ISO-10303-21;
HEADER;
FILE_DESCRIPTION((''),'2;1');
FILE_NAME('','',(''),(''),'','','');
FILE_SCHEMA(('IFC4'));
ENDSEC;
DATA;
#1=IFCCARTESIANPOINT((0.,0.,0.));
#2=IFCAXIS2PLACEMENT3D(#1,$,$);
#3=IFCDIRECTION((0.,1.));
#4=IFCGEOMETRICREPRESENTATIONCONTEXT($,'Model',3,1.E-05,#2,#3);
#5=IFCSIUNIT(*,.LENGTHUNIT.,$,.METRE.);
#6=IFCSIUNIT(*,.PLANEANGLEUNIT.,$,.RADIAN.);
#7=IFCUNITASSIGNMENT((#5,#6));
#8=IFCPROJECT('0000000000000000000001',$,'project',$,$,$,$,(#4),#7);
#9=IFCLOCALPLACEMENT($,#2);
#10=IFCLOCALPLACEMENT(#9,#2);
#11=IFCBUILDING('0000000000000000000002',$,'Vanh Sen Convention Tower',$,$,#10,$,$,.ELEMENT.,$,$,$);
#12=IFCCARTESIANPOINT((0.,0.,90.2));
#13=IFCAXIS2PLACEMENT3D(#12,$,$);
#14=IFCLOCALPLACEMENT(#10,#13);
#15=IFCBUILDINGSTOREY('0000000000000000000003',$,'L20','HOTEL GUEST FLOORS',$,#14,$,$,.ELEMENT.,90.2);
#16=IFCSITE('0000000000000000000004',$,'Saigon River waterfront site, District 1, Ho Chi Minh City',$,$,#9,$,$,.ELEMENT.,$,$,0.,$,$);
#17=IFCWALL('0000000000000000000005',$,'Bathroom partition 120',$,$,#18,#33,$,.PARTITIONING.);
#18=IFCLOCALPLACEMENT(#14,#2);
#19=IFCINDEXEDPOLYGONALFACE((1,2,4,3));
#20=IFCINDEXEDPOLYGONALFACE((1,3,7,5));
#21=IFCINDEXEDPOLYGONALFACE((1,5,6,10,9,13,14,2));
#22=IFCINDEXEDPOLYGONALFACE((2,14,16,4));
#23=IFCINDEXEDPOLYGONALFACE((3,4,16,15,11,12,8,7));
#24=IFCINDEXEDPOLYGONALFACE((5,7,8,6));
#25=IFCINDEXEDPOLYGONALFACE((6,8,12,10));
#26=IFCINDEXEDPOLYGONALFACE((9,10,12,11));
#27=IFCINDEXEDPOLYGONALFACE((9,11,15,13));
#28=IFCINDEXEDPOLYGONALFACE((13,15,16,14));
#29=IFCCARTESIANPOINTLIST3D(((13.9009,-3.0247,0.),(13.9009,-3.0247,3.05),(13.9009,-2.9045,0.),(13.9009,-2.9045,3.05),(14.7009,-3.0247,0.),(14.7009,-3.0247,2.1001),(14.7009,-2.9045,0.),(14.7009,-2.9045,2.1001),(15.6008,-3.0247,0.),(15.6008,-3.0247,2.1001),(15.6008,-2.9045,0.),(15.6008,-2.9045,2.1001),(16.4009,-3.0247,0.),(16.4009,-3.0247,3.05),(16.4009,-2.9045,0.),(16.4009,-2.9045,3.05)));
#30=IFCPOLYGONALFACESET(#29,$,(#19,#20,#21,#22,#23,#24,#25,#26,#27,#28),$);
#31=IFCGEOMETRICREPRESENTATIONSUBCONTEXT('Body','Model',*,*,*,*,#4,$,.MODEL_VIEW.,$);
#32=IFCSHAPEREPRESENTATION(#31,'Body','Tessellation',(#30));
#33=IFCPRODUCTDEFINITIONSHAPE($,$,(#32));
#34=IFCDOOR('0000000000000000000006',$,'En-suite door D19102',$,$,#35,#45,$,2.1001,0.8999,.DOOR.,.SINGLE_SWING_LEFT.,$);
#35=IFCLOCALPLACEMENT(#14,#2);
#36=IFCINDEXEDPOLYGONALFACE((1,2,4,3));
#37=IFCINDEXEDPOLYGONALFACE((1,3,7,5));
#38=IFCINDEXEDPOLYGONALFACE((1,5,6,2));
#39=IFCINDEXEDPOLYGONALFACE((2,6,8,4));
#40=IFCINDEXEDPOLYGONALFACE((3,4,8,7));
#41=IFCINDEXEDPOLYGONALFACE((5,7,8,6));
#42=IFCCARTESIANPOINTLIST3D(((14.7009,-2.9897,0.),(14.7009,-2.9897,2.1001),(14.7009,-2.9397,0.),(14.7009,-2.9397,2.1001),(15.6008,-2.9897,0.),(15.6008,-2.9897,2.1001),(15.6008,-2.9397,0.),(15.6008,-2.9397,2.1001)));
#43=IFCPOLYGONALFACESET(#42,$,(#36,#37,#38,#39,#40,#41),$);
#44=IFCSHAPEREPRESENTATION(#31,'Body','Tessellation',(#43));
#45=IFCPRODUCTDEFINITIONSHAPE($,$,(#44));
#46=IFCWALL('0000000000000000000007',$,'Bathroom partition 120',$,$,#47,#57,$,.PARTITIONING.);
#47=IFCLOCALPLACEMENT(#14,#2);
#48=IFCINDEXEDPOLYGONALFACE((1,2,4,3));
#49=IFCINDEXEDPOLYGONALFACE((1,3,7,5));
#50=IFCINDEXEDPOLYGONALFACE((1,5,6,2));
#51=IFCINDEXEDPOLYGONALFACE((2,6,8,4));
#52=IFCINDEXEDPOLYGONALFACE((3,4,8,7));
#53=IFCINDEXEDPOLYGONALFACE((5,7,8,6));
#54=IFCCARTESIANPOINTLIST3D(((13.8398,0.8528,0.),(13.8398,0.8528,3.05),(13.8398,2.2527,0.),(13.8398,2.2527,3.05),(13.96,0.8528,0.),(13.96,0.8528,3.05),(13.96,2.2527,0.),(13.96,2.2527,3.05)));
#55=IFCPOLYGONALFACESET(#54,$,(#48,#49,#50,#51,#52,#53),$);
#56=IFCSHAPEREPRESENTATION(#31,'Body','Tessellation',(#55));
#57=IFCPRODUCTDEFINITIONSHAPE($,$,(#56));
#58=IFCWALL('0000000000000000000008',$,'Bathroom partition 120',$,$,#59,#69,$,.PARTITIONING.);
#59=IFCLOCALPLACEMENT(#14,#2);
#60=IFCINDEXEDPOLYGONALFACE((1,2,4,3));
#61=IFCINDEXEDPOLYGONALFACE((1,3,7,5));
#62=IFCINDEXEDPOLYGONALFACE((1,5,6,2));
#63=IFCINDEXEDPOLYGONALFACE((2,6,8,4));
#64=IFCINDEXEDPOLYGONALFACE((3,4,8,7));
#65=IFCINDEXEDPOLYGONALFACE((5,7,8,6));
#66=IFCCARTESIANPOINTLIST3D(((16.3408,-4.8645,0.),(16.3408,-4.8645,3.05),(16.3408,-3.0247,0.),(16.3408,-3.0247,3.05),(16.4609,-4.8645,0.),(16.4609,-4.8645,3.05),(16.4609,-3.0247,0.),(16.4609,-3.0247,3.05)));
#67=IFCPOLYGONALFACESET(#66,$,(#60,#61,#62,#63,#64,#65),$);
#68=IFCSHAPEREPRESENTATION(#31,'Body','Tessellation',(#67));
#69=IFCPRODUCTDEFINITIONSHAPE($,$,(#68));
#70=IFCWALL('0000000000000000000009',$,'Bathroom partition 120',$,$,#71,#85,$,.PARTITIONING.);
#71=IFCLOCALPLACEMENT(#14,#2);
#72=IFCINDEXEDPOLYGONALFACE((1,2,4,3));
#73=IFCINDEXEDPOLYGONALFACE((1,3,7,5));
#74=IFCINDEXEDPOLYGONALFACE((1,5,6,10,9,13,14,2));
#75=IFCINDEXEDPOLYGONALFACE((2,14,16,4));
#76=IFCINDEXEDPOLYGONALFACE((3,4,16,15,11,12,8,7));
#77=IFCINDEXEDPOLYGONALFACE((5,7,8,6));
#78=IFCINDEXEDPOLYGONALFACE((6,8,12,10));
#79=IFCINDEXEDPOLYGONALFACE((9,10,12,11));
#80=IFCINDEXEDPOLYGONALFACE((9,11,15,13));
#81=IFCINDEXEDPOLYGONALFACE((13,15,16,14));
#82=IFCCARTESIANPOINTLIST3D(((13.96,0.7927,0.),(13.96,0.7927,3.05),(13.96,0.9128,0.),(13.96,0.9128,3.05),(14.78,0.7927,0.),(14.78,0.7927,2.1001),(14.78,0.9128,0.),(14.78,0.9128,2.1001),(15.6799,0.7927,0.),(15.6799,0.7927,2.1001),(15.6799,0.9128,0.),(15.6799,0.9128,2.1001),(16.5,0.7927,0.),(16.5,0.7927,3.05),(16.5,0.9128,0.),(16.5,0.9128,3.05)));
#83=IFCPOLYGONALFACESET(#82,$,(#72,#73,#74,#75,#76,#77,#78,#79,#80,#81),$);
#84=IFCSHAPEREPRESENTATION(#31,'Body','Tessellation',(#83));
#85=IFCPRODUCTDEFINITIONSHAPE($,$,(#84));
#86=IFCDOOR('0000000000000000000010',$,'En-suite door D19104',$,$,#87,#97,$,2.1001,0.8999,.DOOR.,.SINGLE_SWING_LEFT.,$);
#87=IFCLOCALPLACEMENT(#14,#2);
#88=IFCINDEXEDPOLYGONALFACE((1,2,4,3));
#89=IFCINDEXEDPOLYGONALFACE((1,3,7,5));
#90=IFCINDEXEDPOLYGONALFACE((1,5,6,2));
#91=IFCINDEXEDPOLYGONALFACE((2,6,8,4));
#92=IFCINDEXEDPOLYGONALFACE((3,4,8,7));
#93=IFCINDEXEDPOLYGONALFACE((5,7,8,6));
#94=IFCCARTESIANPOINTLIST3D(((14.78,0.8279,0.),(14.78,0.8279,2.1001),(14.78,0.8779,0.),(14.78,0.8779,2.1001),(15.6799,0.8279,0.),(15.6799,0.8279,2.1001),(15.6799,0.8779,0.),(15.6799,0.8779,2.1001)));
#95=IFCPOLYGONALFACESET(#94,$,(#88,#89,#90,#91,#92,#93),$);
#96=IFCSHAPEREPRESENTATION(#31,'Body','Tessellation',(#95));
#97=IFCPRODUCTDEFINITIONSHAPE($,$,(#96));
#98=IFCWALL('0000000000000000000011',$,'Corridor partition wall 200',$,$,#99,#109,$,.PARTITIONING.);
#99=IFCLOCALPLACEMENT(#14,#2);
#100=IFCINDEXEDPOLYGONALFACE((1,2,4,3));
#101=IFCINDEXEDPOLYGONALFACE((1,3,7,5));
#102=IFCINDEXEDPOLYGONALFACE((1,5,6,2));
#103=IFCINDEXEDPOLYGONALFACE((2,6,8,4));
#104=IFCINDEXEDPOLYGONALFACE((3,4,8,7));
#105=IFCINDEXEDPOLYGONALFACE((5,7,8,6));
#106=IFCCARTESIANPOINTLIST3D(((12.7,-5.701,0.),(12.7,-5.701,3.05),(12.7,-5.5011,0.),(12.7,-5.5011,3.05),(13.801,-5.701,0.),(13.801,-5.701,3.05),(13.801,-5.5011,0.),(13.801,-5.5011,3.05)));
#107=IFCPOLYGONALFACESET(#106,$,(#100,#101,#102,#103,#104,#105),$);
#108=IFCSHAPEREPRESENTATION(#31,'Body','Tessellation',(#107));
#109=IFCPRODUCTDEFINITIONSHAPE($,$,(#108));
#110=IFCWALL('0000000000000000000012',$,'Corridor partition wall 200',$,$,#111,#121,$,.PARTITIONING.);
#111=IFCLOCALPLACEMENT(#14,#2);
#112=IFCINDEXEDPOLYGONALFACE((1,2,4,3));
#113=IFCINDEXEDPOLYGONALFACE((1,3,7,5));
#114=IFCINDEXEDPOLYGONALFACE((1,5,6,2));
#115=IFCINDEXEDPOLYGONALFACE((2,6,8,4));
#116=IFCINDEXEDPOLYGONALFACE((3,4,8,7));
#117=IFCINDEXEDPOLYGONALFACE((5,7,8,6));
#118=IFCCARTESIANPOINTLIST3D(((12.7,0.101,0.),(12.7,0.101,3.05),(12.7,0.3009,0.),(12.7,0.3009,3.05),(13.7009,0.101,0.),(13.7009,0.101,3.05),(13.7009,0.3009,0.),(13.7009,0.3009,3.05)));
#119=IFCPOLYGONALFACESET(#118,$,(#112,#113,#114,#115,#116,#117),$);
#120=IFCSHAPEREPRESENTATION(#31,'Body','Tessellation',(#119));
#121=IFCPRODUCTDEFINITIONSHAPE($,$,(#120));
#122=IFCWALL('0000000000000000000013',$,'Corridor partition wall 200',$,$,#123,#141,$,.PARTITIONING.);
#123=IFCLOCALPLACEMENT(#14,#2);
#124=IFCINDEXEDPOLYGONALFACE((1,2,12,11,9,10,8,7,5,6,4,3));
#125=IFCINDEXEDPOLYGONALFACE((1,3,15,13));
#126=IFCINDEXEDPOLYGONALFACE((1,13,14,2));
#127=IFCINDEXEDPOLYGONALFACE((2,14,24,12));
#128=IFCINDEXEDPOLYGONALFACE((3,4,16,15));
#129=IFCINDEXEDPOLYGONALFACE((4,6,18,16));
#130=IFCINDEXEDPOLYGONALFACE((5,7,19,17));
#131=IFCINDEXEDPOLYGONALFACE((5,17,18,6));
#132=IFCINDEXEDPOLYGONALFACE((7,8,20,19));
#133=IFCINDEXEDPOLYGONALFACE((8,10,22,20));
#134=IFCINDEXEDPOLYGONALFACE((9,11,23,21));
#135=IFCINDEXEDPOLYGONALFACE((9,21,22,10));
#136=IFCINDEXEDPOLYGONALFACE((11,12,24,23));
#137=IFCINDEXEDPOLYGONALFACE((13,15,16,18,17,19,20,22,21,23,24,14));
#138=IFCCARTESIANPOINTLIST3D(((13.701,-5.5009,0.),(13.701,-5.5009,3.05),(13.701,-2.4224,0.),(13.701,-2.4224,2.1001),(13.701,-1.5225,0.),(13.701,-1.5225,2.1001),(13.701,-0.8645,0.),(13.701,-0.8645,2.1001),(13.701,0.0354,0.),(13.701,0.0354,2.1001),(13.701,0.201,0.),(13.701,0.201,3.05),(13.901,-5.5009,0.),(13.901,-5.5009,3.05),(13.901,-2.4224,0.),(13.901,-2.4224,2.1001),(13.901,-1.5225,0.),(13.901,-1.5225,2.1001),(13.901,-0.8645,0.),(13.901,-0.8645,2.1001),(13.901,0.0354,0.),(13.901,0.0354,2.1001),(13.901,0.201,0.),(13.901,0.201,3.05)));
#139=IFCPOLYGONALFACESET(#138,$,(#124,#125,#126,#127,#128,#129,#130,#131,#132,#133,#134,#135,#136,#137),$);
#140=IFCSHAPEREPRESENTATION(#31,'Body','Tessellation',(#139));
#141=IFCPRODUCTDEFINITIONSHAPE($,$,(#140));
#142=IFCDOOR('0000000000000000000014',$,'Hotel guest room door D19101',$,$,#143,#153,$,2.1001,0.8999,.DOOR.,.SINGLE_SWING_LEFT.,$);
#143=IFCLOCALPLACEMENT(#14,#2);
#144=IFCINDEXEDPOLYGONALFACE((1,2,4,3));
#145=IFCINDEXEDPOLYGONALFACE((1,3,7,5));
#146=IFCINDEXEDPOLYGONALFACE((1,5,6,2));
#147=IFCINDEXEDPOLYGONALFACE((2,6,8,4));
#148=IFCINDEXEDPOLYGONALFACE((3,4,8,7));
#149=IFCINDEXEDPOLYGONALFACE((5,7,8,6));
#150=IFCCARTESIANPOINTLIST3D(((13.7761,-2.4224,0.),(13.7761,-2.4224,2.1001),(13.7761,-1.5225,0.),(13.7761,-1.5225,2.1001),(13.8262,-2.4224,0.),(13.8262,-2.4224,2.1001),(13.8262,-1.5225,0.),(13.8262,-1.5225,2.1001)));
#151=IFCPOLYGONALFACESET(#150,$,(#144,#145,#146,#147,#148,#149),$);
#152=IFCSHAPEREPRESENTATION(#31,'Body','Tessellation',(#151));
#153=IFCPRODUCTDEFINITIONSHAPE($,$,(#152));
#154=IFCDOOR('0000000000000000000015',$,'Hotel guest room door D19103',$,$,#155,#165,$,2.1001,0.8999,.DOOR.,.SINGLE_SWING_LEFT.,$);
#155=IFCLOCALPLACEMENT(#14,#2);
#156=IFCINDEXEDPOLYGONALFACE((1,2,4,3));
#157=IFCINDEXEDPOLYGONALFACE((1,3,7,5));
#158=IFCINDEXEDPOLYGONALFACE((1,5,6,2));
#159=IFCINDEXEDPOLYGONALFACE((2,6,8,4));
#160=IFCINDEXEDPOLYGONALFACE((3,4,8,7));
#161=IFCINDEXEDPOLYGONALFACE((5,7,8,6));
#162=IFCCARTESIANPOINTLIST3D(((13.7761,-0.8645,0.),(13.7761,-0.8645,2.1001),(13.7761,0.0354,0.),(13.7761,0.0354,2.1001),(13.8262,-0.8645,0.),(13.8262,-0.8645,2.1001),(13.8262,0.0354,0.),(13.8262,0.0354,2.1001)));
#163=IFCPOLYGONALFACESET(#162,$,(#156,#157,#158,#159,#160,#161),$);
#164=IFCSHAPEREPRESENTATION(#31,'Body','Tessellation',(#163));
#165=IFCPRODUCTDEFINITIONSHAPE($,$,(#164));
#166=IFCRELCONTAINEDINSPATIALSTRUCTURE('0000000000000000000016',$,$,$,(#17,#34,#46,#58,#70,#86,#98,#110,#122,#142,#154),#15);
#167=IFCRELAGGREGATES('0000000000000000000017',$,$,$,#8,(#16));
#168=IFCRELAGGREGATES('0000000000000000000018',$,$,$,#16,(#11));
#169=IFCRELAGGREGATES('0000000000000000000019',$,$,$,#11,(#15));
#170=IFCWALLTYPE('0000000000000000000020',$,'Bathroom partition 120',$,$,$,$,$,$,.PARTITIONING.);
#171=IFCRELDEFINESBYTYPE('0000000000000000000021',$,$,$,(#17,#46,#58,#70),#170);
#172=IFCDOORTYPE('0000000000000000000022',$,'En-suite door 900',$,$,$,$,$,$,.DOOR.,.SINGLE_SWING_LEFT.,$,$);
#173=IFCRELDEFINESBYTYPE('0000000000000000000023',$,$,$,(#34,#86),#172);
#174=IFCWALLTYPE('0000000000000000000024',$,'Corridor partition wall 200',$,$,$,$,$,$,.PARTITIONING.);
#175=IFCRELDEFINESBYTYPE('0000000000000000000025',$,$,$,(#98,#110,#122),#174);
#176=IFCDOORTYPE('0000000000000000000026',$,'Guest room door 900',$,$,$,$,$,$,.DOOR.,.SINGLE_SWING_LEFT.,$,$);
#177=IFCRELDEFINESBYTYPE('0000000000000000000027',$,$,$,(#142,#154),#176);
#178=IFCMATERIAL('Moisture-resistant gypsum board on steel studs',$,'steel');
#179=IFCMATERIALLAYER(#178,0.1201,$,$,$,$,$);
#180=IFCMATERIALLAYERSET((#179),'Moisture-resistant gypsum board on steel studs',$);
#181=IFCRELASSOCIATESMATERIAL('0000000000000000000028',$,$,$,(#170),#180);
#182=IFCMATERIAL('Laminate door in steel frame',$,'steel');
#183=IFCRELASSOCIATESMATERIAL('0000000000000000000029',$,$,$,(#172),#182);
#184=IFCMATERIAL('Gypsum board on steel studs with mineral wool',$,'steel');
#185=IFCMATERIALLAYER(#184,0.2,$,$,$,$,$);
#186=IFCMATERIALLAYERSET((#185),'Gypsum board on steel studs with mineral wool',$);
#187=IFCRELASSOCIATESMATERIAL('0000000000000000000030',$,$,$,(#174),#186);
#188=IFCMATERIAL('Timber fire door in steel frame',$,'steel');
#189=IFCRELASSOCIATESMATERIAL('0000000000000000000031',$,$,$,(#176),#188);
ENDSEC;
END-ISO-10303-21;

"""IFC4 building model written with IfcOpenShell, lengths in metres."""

from ifc_helpers import new_model, si_unit, direction, frame, frame_2d, origin, place, context, subcontext, project, spatial, rectangle, extrude, material, layer, layer_set, type_object, element, fill, save


model = new_model("IFC4")

# Units and contexts
model_context = context("Model", 3, precision=1e-05, world=origin(), true_north=direction((0.0, 1.0)))
body_context = subcontext(model_context, "Body", "Model", "MODEL_VIEW")
ifc_project = project(units=[si_unit("LENGTHUNIT", "METRE"), si_unit("PLANEANGLEUNIT", "RADIAN")], contexts=[model_context])

# Site, building, storey
site_placement = place(None, origin())
site = spatial("IfcSite", under=ifc_project, at=site_placement, Name="Saigon River waterfront site, District 1, Ho Chi Minh City", CompositionType="ELEMENT", RefElevation=0.0)
building_placement = place(site_placement, origin())
building = spatial("IfcBuilding", under=site, at=building_placement, Name="Vanh Sen Convention Tower", CompositionType="ELEMENT")
storey_placement = place(building_placement, frame((0.0, 0.0, 90.2)))
storey = spatial("IfcBuildingStorey", under=building, at=storey_placement, Name="L20", Description="HOTEL GUEST FLOORS", CompositionType="ELEMENT", Elevation=90.2)

# Wall, opening, door
ifc_material_1 = material(Name="Moisture-resistant gypsum board on steel studs", Category="steel")
ifc_layer_1 = layer(ifc_material_1, 0.1201)
ifc_layer_set_1 = layer_set([ifc_layer_1], Name="Moisture-resistant gypsum board on steel studs")
wall_type_1 = type_object("IfcWallType", Name="Bathroom partition 120", PredefinedType="PARTITIONING", material=ifc_layer_set_1)
wall_1_placement = place(storey_placement, frame((13.9009, -2.9646, 0.0), z_axis=(0.0, 0.0, 1.0), x_axis=(1.0, 0.0, 0.0)))
wall_1 = element("IfcWall", 1, at=wall_1_placement, inside=storey, type_object=wall_type_1, Name="Bathroom partition 120", PredefinedType="PARTITIONING", context=body_context, shape_type="SweptSolid", body=[
    extrude(rectangle(XDim=2.5, YDim=0.1201, at=frame_2d((1.25, 0.0))), origin(), (0.0, 0.0, 1.0), 3.05),
])
opening_1_placement = place(wall_1_placement, frame((0.8, 0.0, 0.0)))
opening_1 = element("IfcOpeningElement", 2, at=opening_1_placement, cuts=wall_1, PredefinedType="OPENING", context=body_context, shape_type="SweptSolid", body=[
    extrude(rectangle(XDim=0.8999, YDim=2.1001, at=frame_2d((0.45, 1.05))), frame((0.0, 0.0701, 0.0), z_axis=(0.0, -1.0, 0.0), x_axis=(1.0, 0.0, 0.0)), (0.0, 0.0, 1.0), 0.1401),
])
ifc_material_2 = material(Name="Laminate door in steel frame", Category="steel")
door_type_1 = type_object("IfcDoorType", Name="En-suite door 900", OperationType="SINGLE_SWING_LEFT", PredefinedType="DOOR", material=ifc_material_2)
door_1_placement = place(opening_1_placement, origin())
door_1 = element("IfcDoor", 3, at=door_1_placement, inside=storey, type_object=door_type_1, Name="En-suite door D19102", OperationType="SINGLE_SWING_LEFT", OverallHeight=2.1001, OverallWidth=0.8999, PredefinedType="DOOR", context=body_context, shape_type="SweptSolid", body=[
    extrude(rectangle(XDim=0.8999, YDim=2.1001, at=frame_2d((0.45, 1.05))), frame((0.0, 0.0249, 0.0), z_axis=(0.0, -1.0, 0.0), x_axis=(1.0, 0.0, 0.0)), (0.0, 0.0, 1.0), 0.05),
])
fill(opening_1, door_1)

# Walls
wall_2_placement = place(storey_placement, frame((13.8999, 0.8528, 0.0), z_axis=(0.0, 0.0, 1.0), x_axis=(0.0, 1.0, 0.0)))
element("IfcWall", 4, at=wall_2_placement, inside=storey, type_object=wall_type_1, Name="Bathroom partition 120", PredefinedType="PARTITIONING", context=body_context, shape_type="SweptSolid", body=[
    extrude(rectangle(XDim=1.3999, YDim=0.1201, at=frame_2d((0.7, 0.0))), origin(), (0.0, 0.0, 1.0), 3.05),
])
wall_3_placement = place(storey_placement, frame((16.4009, -3.0247, 0.0), z_axis=(0.0, 0.0, 1.0), x_axis=(0.0, -1.0, 0.0)))
element("IfcWall", 5, at=wall_3_placement, inside=storey, type_object=wall_type_1, Name="Bathroom partition 120", PredefinedType="PARTITIONING", context=body_context, shape_type="SweptSolid", body=[
    extrude(rectangle(XDim=1.8398, YDim=0.1201, at=frame_2d((0.9199, 0.0))), origin(), (0.0, 0.0, 1.0), 3.05),
])

# Wall, opening, door
wall_4_placement = place(storey_placement, frame((16.5, 0.8528, 0.0), z_axis=(0.0, 0.0, 1.0), x_axis=(-1.0, 0.0, 0.0)))
wall_4 = element("IfcWall", 6, at=wall_4_placement, inside=storey, type_object=wall_type_1, Name="Bathroom partition 120", PredefinedType="PARTITIONING", context=body_context, shape_type="SweptSolid", body=[
    extrude(rectangle(XDim=2.54, YDim=0.1201, at=frame_2d((1.27, 0.0))), origin(), (0.0, 0.0, 1.0), 3.05),
])
opening_2_placement = place(wall_4_placement, frame((0.8201, 0.0, 0.0)))
opening_2 = element("IfcOpeningElement", 7, at=opening_2_placement, cuts=wall_4, PredefinedType="OPENING", context=body_context, shape_type="SweptSolid", body=[
    extrude(rectangle(XDim=0.8999, YDim=2.1001, at=frame_2d((0.45, 1.05))), frame((0.0, 0.0701, 0.0), z_axis=(0.0, -1.0, 0.0), x_axis=(1.0, 0.0, 0.0)), (0.0, 0.0, 1.0), 0.1401),
])
door_2_placement = place(opening_2_placement, origin())
door_2 = element("IfcDoor", 8, at=door_2_placement, inside=storey, type_object=door_type_1, Name="En-suite door D19104", OperationType="SINGLE_SWING_LEFT", OverallHeight=2.1001, OverallWidth=0.8999, PredefinedType="DOOR", context=body_context, shape_type="SweptSolid", body=[
    extrude(rectangle(XDim=0.8999, YDim=2.1001, at=frame_2d((0.45, 1.05))), frame((0.0, 0.0249, 0.0), z_axis=(0.0, -1.0, 0.0), x_axis=(1.0, 0.0, 0.0)), (0.0, 0.0, 1.0), 0.05),
])
fill(opening_2, door_2)

# Walls
ifc_material_3 = material(Name="Gypsum board on steel studs with mineral wool", Category="steel")
ifc_layer_2 = layer(ifc_material_3, 0.2)
ifc_layer_set_2 = layer_set([ifc_layer_2], Name="Gypsum board on steel studs with mineral wool")
wall_type_2 = type_object("IfcWallType", Name="Corridor partition wall 200", PredefinedType="PARTITIONING", material=ifc_layer_set_2)
wall_5_placement = place(storey_placement, frame((12.7, -5.6011, 0.0), z_axis=(0.0, 0.0, 1.0), x_axis=(1.0, 0.0, 0.0)))
element("IfcWall", 9, at=wall_5_placement, inside=storey, type_object=wall_type_2, Name="Corridor partition wall 200", PredefinedType="PARTITIONING", context=body_context, shape_type="SweptSolid", body=[
    extrude(rectangle(XDim=1.1011, YDim=0.2, at=frame_2d((0.5505, 0.0))), origin(), (0.0, 0.0, 1.0), 3.05),
])
wall_6_placement = place(storey_placement, frame((13.7009, 0.2009, 0.0), z_axis=(0.0, 0.0, 1.0), x_axis=(-1.0, 0.0, 0.0)))
element("IfcWall", 10, at=wall_6_placement, inside=storey, type_object=wall_type_2, Name="Corridor partition wall 200", PredefinedType="PARTITIONING", context=body_context, shape_type="SweptSolid", body=[
    extrude(rectangle(XDim=1.001, YDim=0.2, at=frame_2d((0.5005, 0.0))), origin(), (0.0, 0.0, 1.0), 3.05),
])

# Wall, openings, doors
wall_7_placement = place(storey_placement, frame((13.801, -5.501, 0.0), z_axis=(0.0, 0.0, 1.0), x_axis=(0.0, 1.0, 0.0)))
wall_7 = element("IfcWall", 11, at=wall_7_placement, inside=storey, type_object=wall_type_2, Name="Corridor partition wall 200", PredefinedType="PARTITIONING", context=body_context, shape_type="SweptSolid", body=[
    extrude(rectangle(XDim=5.7019, YDim=0.2, at=frame_2d((2.8511, 0.0))), origin(), (0.0, 0.0, 1.0), 3.05),
])
opening_3_placement = place(wall_7_placement, frame((3.0786, 0.0, 0.0)))
opening_3 = element("IfcOpeningElement", 12, at=opening_3_placement, cuts=wall_7, PredefinedType="OPENING", context=body_context, shape_type="SweptSolid", body=[
    extrude(rectangle(XDim=0.8999, YDim=2.1001, at=frame_2d((0.45, 1.05))), frame((0.0, 0.1099, 0.0), z_axis=(0.0, -1.0, 0.0), x_axis=(1.0, 0.0, 0.0)), (0.0, 0.0, 1.0), 0.22),
])
opening_4_placement = place(wall_7_placement, frame((4.6365, 0.0, 0.0)))
opening_4 = element("IfcOpeningElement", 13, at=opening_4_placement, cuts=wall_7, PredefinedType="OPENING", context=body_context, shape_type="SweptSolid", body=[
    extrude(rectangle(XDim=0.8999, YDim=2.1001, at=frame_2d((0.45, 1.05))), frame((0.0, 0.1099, 0.0), z_axis=(0.0, -1.0, 0.0), x_axis=(1.0, 0.0, 0.0)), (0.0, 0.0, 1.0), 0.22),
])
ifc_material_4 = material(Name="Timber fire door in steel frame", Category="steel")
door_type_2 = type_object("IfcDoorType", Name="Guest room door 900", OperationType="SINGLE_SWING_LEFT", PredefinedType="DOOR", material=ifc_material_4)
door_3_placement = place(opening_3_placement, origin())
door_3 = element("IfcDoor", 14, at=door_3_placement, inside=storey, type_object=door_type_2, Name="Hotel guest room door D19101", OperationType="SINGLE_SWING_LEFT", OverallHeight=2.1001, OverallWidth=0.8999, PredefinedType="DOOR", context=body_context, shape_type="SweptSolid", body=[
    extrude(rectangle(XDim=0.8999, YDim=2.1001, at=frame_2d((0.45, 1.05))), frame((0.0, 0.0249, 0.0), z_axis=(0.0, -1.0, 0.0), x_axis=(1.0, 0.0, 0.0)), (0.0, 0.0, 1.0), 0.05),
])
fill(opening_3, door_3)
door_4_placement = place(opening_4_placement, origin())
door_4 = element("IfcDoor", 15, at=door_4_placement, inside=storey, type_object=door_type_2, Name="Hotel guest room door D19103", OperationType="SINGLE_SWING_LEFT", OverallHeight=2.1001, OverallWidth=0.8999, PredefinedType="DOOR", context=body_context, shape_type="SweptSolid", body=[
    extrude(rectangle(XDim=0.8999, YDim=2.1001, at=frame_2d((0.45, 1.05))), frame((0.0, 0.0249, 0.0), z_axis=(0.0, -1.0, 0.0), x_axis=(1.0, 0.0, 0.0)), (0.0, 0.0, 1.0), 0.05),
])
fill(opening_4, door_4)

save(model, "model.ifc")
